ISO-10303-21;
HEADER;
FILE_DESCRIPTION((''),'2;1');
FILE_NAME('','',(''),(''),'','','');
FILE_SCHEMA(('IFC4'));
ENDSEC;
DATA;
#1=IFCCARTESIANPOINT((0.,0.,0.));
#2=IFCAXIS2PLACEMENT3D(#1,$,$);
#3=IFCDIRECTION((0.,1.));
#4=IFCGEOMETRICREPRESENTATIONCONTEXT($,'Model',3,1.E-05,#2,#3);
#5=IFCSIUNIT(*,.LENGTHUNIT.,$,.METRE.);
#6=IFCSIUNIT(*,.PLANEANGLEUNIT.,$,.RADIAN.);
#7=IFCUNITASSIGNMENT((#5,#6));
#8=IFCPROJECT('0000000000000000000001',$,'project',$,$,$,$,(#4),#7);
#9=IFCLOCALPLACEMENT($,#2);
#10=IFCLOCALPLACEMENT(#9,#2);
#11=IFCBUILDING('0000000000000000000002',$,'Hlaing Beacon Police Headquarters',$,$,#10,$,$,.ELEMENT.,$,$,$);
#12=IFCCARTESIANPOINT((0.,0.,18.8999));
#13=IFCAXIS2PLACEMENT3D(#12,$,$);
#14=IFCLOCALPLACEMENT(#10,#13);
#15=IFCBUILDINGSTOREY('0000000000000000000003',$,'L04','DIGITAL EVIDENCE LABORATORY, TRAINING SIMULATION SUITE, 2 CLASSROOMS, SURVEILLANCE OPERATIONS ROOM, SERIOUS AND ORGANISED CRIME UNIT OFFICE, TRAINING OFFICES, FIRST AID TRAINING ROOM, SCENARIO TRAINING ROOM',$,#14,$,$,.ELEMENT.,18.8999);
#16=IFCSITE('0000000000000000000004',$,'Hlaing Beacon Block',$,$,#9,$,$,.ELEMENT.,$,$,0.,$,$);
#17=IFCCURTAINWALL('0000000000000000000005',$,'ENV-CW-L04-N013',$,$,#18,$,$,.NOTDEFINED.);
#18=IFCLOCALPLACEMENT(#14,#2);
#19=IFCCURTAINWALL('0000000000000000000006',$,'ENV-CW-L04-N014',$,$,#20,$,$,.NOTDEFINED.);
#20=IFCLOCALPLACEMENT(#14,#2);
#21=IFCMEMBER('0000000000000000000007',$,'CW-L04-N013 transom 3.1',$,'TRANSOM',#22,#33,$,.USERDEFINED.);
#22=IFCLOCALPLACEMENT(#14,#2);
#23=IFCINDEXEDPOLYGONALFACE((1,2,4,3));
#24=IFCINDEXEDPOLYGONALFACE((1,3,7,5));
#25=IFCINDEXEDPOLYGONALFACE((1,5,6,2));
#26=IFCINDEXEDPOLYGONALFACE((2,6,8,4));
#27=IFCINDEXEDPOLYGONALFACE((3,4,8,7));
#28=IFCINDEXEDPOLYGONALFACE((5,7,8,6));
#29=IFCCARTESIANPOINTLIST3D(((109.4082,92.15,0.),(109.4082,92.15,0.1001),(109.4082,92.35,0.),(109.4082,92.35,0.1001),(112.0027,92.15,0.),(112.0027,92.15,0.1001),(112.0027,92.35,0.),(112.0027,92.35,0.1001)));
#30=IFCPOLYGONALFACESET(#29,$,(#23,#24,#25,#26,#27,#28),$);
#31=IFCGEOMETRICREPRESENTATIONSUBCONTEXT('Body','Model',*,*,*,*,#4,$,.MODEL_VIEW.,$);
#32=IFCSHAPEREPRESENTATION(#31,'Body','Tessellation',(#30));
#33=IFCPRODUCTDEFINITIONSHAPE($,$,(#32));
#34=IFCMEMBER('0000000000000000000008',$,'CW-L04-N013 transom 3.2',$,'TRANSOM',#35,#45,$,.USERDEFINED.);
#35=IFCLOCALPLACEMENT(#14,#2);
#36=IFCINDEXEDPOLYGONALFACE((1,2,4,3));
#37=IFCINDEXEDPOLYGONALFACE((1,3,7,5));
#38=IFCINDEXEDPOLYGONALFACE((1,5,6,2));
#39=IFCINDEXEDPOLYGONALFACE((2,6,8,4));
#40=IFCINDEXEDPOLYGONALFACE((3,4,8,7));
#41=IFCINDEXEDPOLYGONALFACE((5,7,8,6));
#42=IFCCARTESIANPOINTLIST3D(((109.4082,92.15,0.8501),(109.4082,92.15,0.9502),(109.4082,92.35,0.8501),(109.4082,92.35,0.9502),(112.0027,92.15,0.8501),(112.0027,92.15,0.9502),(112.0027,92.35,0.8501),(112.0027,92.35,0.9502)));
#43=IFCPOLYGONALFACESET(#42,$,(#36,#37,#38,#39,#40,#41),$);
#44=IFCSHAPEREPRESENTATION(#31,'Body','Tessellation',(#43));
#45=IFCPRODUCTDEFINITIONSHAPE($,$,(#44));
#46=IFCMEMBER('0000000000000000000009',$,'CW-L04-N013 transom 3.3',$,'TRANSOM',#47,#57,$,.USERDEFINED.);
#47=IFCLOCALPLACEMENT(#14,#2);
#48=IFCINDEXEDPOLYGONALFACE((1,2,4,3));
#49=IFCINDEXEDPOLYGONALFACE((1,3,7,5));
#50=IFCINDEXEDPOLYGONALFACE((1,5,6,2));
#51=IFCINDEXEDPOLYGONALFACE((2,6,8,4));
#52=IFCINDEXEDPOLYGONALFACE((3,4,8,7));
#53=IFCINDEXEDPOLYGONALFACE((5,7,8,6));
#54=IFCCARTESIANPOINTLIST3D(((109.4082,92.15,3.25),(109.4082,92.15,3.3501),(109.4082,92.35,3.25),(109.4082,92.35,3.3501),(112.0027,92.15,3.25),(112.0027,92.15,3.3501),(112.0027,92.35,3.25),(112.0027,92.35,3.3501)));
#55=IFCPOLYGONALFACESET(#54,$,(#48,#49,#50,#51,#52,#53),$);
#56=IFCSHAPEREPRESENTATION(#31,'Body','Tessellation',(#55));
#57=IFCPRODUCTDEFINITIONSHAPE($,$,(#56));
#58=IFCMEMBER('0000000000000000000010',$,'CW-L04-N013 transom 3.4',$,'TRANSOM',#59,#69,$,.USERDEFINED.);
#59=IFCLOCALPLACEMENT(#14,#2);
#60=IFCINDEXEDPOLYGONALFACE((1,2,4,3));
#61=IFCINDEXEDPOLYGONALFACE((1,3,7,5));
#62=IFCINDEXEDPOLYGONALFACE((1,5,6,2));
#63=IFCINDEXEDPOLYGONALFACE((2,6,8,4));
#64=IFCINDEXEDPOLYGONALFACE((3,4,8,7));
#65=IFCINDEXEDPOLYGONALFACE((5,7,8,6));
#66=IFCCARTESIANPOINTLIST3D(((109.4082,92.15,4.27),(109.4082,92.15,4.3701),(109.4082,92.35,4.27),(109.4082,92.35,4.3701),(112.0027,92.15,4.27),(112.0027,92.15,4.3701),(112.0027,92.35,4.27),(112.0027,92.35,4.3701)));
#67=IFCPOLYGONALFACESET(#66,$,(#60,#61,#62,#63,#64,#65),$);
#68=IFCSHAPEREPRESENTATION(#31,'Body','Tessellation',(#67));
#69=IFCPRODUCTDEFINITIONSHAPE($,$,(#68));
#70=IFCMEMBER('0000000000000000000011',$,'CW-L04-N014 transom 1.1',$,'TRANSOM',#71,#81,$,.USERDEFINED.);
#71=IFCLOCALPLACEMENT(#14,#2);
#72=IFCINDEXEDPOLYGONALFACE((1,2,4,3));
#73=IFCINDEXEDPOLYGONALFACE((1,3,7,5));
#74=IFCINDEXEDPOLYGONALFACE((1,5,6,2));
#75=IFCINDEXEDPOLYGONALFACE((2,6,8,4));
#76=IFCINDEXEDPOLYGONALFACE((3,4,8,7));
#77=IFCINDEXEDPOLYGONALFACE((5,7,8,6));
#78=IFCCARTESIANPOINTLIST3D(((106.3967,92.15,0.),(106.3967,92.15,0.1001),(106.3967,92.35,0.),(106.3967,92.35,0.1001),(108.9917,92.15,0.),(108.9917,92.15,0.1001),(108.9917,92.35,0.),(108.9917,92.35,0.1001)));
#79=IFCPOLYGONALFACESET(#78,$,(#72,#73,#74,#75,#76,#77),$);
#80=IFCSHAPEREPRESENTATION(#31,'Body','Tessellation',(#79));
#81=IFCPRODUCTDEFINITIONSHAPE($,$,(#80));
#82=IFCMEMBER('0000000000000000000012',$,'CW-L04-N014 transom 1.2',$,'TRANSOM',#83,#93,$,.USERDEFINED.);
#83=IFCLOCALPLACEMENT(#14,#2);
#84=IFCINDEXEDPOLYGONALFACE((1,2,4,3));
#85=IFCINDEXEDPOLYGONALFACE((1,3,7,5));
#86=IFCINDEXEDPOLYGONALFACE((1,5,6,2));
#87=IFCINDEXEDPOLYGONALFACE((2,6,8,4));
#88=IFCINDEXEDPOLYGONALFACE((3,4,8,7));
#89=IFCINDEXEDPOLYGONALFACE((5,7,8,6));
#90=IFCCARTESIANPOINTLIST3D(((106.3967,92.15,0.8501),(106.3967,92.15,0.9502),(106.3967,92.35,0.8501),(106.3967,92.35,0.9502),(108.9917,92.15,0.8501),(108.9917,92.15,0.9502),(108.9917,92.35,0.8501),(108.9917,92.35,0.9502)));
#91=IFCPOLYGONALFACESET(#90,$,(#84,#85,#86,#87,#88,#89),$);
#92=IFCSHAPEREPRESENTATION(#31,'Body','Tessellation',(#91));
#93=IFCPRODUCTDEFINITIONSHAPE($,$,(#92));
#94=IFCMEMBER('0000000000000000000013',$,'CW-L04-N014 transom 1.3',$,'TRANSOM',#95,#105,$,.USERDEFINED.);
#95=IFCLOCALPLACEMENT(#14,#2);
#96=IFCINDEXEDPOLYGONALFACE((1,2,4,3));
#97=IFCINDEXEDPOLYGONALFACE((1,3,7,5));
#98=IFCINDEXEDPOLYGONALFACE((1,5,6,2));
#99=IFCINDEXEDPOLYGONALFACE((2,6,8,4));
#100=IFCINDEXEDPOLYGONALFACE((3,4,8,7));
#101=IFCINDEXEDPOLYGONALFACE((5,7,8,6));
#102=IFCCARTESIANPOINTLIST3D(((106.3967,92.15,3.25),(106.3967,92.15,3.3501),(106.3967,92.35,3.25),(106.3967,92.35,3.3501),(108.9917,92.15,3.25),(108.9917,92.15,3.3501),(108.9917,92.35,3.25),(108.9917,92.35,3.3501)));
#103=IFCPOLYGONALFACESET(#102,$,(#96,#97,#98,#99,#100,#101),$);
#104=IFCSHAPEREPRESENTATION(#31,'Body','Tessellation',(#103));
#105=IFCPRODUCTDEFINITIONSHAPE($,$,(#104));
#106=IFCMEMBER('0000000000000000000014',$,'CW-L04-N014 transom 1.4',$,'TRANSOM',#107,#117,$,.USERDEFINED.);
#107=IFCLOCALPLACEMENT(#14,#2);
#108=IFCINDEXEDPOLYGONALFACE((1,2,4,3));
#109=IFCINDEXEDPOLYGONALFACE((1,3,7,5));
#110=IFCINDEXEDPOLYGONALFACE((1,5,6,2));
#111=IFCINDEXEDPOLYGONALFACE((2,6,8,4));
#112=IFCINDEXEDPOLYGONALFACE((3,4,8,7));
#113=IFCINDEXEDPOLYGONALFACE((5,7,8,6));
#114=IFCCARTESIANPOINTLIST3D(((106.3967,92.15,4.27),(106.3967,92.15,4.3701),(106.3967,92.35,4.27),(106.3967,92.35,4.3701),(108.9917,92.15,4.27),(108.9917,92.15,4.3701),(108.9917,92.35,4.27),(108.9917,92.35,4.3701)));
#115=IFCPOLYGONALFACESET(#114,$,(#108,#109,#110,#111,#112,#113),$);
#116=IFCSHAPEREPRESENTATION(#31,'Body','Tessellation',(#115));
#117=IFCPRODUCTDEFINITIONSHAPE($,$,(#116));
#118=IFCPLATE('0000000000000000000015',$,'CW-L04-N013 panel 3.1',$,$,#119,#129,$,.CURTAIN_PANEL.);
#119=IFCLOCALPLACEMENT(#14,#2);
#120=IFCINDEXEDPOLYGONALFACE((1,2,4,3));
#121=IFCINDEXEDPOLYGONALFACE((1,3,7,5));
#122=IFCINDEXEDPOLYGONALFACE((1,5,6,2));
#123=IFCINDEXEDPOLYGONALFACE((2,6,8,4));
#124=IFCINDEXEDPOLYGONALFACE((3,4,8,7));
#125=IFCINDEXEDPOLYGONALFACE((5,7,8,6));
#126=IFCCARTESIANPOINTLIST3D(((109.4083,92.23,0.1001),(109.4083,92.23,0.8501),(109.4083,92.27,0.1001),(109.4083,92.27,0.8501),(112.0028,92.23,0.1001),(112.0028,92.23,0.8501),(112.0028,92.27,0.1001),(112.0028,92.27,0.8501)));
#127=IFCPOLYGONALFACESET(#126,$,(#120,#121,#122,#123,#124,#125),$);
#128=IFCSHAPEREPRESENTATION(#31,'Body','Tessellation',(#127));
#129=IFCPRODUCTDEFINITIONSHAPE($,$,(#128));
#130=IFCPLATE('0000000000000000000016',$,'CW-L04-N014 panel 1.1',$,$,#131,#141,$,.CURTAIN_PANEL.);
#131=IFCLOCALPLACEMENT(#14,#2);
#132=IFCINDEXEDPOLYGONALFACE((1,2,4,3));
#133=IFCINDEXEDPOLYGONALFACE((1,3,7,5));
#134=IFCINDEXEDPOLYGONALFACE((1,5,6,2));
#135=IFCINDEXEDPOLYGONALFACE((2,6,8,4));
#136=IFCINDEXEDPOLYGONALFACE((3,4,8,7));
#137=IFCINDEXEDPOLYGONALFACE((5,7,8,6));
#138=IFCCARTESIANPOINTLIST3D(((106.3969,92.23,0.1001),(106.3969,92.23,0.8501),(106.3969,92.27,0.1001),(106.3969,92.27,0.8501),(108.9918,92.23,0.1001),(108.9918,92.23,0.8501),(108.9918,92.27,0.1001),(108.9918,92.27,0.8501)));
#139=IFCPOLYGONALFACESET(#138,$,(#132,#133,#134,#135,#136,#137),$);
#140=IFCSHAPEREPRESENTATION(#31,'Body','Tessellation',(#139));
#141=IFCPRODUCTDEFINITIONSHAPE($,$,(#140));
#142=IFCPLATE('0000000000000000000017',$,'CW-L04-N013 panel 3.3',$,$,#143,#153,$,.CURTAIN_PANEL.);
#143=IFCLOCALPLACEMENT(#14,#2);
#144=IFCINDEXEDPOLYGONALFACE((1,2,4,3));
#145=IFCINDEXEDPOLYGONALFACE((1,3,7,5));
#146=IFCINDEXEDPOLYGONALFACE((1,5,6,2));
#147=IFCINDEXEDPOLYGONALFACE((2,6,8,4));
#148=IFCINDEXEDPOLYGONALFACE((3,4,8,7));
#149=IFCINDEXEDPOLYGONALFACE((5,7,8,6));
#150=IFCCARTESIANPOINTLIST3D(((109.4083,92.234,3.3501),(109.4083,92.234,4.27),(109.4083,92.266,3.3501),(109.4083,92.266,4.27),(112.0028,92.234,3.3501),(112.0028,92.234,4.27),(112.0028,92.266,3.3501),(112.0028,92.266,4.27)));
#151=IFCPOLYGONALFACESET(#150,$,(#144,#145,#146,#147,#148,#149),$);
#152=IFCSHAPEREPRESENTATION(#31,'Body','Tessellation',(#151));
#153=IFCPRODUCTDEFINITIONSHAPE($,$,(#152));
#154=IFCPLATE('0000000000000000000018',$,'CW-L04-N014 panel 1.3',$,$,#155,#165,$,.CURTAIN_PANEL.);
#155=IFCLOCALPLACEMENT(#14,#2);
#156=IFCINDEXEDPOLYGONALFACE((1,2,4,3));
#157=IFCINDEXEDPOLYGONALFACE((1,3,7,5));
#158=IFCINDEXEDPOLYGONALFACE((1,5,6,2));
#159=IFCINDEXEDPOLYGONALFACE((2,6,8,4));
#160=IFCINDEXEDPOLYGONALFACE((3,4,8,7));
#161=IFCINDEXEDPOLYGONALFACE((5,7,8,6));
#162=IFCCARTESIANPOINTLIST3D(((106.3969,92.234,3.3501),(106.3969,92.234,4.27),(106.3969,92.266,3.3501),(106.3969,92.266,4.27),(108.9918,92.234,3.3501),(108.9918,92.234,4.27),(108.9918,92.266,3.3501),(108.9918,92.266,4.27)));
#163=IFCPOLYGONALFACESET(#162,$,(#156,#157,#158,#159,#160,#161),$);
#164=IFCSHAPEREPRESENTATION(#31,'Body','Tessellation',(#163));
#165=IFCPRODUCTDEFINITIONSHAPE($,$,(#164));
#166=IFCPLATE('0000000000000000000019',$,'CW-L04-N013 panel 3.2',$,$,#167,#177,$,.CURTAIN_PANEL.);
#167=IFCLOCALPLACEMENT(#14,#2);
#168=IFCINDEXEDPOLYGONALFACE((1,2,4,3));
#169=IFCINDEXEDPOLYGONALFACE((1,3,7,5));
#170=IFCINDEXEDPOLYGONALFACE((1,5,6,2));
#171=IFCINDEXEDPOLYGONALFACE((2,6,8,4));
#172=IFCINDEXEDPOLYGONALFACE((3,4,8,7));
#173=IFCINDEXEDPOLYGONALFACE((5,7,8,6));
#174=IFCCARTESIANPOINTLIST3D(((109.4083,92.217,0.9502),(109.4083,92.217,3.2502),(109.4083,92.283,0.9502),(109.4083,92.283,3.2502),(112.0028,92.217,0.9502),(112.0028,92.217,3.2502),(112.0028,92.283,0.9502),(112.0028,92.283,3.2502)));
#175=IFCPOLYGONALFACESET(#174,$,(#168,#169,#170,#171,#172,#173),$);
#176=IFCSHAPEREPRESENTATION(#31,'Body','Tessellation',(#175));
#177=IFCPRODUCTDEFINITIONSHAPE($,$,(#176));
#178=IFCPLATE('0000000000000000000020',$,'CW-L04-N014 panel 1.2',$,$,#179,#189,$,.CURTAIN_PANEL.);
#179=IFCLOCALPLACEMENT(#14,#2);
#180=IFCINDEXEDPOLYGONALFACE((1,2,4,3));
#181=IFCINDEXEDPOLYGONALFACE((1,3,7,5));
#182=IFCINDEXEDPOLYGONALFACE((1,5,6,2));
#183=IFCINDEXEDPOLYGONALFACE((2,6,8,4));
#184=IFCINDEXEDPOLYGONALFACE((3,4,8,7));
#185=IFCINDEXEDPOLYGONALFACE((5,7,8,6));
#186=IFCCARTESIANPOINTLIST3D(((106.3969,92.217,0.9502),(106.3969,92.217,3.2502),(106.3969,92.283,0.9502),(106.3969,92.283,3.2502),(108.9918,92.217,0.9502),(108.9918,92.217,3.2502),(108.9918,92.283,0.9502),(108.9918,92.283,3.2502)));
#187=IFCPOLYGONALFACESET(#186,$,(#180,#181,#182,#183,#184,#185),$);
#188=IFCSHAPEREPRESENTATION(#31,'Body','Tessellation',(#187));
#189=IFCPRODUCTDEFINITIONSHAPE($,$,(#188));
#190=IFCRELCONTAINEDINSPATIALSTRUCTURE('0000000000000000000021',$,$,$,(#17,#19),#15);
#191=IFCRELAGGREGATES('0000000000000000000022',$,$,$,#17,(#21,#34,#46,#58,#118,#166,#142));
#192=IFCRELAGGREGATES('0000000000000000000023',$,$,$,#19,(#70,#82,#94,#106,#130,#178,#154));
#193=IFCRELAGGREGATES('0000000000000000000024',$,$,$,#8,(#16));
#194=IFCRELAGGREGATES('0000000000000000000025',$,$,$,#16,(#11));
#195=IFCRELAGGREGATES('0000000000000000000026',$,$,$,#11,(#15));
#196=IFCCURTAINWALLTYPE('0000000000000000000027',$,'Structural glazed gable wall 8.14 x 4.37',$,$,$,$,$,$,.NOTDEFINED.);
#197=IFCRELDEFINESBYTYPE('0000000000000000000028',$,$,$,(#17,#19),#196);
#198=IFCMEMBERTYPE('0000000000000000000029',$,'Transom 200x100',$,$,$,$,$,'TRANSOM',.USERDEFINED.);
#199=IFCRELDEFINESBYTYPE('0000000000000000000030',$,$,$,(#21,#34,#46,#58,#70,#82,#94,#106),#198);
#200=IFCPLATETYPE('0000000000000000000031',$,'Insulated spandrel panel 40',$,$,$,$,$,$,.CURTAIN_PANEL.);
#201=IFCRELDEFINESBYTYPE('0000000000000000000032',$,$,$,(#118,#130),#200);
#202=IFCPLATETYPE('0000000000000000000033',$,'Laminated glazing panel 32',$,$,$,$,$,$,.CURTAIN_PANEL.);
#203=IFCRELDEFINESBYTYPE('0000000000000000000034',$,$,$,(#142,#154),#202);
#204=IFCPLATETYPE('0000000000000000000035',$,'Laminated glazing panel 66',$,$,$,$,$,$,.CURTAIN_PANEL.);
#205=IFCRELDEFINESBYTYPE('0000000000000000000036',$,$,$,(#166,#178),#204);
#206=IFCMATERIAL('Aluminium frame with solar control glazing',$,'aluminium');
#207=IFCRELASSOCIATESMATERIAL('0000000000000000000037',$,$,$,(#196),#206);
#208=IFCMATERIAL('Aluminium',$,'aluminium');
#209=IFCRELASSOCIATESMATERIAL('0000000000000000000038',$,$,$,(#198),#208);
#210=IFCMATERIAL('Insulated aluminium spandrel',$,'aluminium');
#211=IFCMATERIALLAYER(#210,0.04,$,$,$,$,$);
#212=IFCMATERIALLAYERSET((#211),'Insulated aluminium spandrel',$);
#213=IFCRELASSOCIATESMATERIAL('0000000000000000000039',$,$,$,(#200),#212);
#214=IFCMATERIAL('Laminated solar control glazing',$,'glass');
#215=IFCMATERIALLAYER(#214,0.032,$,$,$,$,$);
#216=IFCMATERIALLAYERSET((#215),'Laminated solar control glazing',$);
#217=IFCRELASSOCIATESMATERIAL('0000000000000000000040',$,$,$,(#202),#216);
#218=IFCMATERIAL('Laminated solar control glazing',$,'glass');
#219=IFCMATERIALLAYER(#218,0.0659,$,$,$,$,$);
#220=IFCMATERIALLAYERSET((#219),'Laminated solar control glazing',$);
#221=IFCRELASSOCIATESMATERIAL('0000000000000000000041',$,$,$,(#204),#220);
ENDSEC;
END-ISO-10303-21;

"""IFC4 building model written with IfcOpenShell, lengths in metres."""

from ifc_helpers import new_model, si_unit, direction, frame, origin, origin_2d, place, context, subcontext, project, spatial, rectangle, extrude, material, layer, layer_set, material_profile, profile_set, type_object, element, aggregate, save


model = new_model("IFC4")

# Units and contexts
model_context = context("Model", 3, precision=1e-05, world=origin(), true_north=direction((0.0, 1.0)))
body_context = subcontext(model_context, "Body", "Model", "MODEL_VIEW")
ifc_project = project(units=[si_unit("LENGTHUNIT", "METRE"), si_unit("PLANEANGLEUNIT", "RADIAN")], contexts=[model_context])

# Site, building, storey
site_placement = place(None, origin())
site = spatial("IfcSite", under=ifc_project, at=site_placement, Name="Hlaing Beacon Block", CompositionType="ELEMENT", RefElevation=0.0)
building_placement = place(site_placement, origin())
building = spatial("IfcBuilding", under=site, at=building_placement, Name="Hlaing Beacon Police Headquarters", CompositionType="ELEMENT")
storey_placement = place(building_placement, frame((0.0, 0.0, 18.8999)))
storey = spatial("IfcBuildingStorey", under=building, at=storey_placement, Name="L04", Description="DIGITAL EVIDENCE LABORATORY, TRAINING SIMULATION SUITE, 2 CLASSROOMS, SURVEILLANCE OPERATIONS ROOM, SERIOUS AND ORGANISED CRIME UNIT OFFICE, TRAINING OFFICES, FIRST AID TRAINING ROOM, SCENARIO TRAINING ROOM", CompositionType="ELEMENT", Elevation=18.8999)

# Curtain wall
ifc_material_1 = material(Name="Aluminium frame with solar control glazing", Category="aluminium")
curtain_wall_type = type_object("IfcCurtainWallType", Name="Structural glazed gable wall 8.14 x 4.37", PredefinedType="NOTDEFINED", material=ifc_material_1)
curtain_wall_1_placement = place(storey_placement, origin())
curtain_wall_1 = element("IfcCurtainWall", 1, at=curtain_wall_1_placement, inside=storey, type_object=curtain_wall_type, Name="ENV-CW-L04-N013", PredefinedType="NOTDEFINED")

# Curtain wall
curtain_wall_2_placement = place(storey_placement, origin())
curtain_wall_2 = element("IfcCurtainWall", 2, at=curtain_wall_2_placement, inside=storey, type_object=curtain_wall_type, Name="ENV-CW-L04-N014", PredefinedType="NOTDEFINED")

# Members
ifc_material_2 = material(Name="Aluminium", Category="aluminium")
ifc_material_profile_1 = material_profile(ifc_material_2, rectangle(XDim=0.2, YDim=0.1001, at=origin_2d()), Name="Transom 200x100")
ifc_profile_set_1 = profile_set([ifc_material_profile_1], Name="Aluminium")
member_type_1 = type_object("IfcMemberType", Name="Transom 200x100", ElementType="TRANSOM", PredefinedType="USERDEFINED", material=ifc_profile_set_1)
member_1_placement = place(storey_placement, frame((112.0027, 92.25, 0.05), z_axis=(-1.0, 0.0, 0.0), x_axis=(0.0, -1.0, 0.0)))
member_1 = element("IfcMember", 3, at=member_1_placement, type_object=member_type_1, Name="CW-L04-N013 transom 3.1", ObjectType="TRANSOM", PredefinedType="USERDEFINED", context=body_context, shape_type="SweptSolid", body=[
    extrude(rectangle(XDim=0.2, YDim=0.1001, at=origin_2d()), origin(), (0.0, 0.0, 1.0), 2.5945),
])
member_2_placement = place(storey_placement, frame((112.0027, 92.25, 0.9001), z_axis=(-1.0, 0.0, 0.0), x_axis=(0.0, -1.0, 0.0)))
member_2 = element("IfcMember", 4, at=member_2_placement, type_object=member_type_1, Name="CW-L04-N013 transom 3.2", ObjectType="TRANSOM", PredefinedType="USERDEFINED", context=body_context, shape_type="SweptSolid", body=[
    extrude(rectangle(XDim=0.2, YDim=0.1001, at=origin_2d()), origin(), (0.0, 0.0, 1.0), 2.5945),
])
member_3_placement = place(storey_placement, frame((112.0027, 92.25, 3.3), z_axis=(-1.0, 0.0, 0.0), x_axis=(0.0, -1.0, 0.0)))
member_3 = element("IfcMember", 5, at=member_3_placement, type_object=member_type_1, Name="CW-L04-N013 transom 3.3", ObjectType="TRANSOM", PredefinedType="USERDEFINED", context=body_context, shape_type="SweptSolid", body=[
    extrude(rectangle(XDim=0.2, YDim=0.1001, at=origin_2d()), origin(), (0.0, 0.0, 1.0), 2.5945),
])
member_4_placement = place(storey_placement, frame((112.0027, 92.25, 4.3201), z_axis=(-1.0, 0.0, 0.0), x_axis=(0.0, -1.0, 0.0)))
member_4 = element("IfcMember", 6, at=member_4_placement, type_object=member_type_1, Name="CW-L04-N013 transom 3.4", ObjectType="TRANSOM", PredefinedType="USERDEFINED", context=body_context, shape_type="SweptSolid", body=[
    extrude(rectangle(XDim=0.2, YDim=0.1001, at=origin_2d()), origin(), (0.0, 0.0, 1.0), 2.5945),
])
member_5_placement = place(storey_placement, frame((108.9917, 92.25, 0.05), z_axis=(-1.0, 0.0, 0.0), x_axis=(0.0, -1.0, 0.0)))
member_5 = element("IfcMember", 7, at=member_5_placement, type_object=member_type_1, Name="CW-L04-N014 transom 1.1", ObjectType="TRANSOM", PredefinedType="USERDEFINED", context=body_context, shape_type="SweptSolid", body=[
    extrude(rectangle(XDim=0.2, YDim=0.1001, at=origin_2d()), origin(), (0.0, 0.0, 1.0), 2.595),
])
member_6_placement = place(storey_placement, frame((108.9917, 92.25, 0.9001), z_axis=(-1.0, 0.0, 0.0), x_axis=(0.0, -1.0, 0.0)))
member_6 = element("IfcMember", 8, at=member_6_placement, type_object=member_type_1, Name="CW-L04-N014 transom 1.2", ObjectType="TRANSOM", PredefinedType="USERDEFINED", context=body_context, shape_type="SweptSolid", body=[
    extrude(rectangle(XDim=0.2, YDim=0.1001, at=origin_2d()), origin(), (0.0, 0.0, 1.0), 2.595),
])
member_7_placement = place(storey_placement, frame((108.9917, 92.25, 3.3), z_axis=(-1.0, 0.0, 0.0), x_axis=(0.0, -1.0, 0.0)))
member_7 = element("IfcMember", 9, at=member_7_placement, type_object=member_type_1, Name="CW-L04-N014 transom 1.3", ObjectType="TRANSOM", PredefinedType="USERDEFINED", context=body_context, shape_type="SweptSolid", body=[
    extrude(rectangle(XDim=0.2, YDim=0.1001, at=origin_2d()), origin(), (0.0, 0.0, 1.0), 2.595),
])
member_8_placement = place(storey_placement, frame((108.9917, 92.25, 4.3201), z_axis=(-1.0, 0.0, 0.0), x_axis=(0.0, -1.0, 0.0)))
member_8 = element("IfcMember", 10, at=member_8_placement, type_object=member_type_1, Name="CW-L04-N014 transom 1.4", ObjectType="TRANSOM", PredefinedType="USERDEFINED", context=body_context, shape_type="SweptSolid", body=[
    extrude(rectangle(XDim=0.2, YDim=0.1001, at=origin_2d()), origin(), (0.0, 0.0, 1.0), 2.595),
])

# Plates
ifc_material_3 = material(Name="Insulated aluminium spandrel", Category="aluminium")
ifc_layer_1 = layer(ifc_material_3, 0.04)
ifc_layer_set_1 = layer_set([ifc_layer_1], Name="Insulated aluminium spandrel")
plate_type_1 = type_object("IfcPlateType", Name="Insulated spandrel panel 40", PredefinedType="CURTAIN_PANEL", material=ifc_layer_set_1)
plate_1_placement = place(storey_placement, frame((110.7056, 92.25, 0.1001), z_axis=(0.0, 0.0, 1.0), x_axis=(-1.0, 0.0, 0.0)))
plate_1 = element("IfcPlate", 11, at=plate_1_placement, type_object=plate_type_1, Name="CW-L04-N013 panel 3.1", PredefinedType="CURTAIN_PANEL", context=body_context, shape_type="SweptSolid", body=[
    extrude(rectangle(XDim=2.5945, YDim=0.04, at=origin_2d()), origin(), (0.0, 0.0, 1.0), 0.75),
])
plate_2_placement = place(storey_placement, frame((107.6943, 92.25, 0.1001), z_axis=(0.0, 0.0, 1.0), x_axis=(-1.0, 0.0, 0.0)))
plate_2 = element("IfcPlate", 12, at=plate_2_placement, type_object=plate_type_1, Name="CW-L04-N014 panel 1.1", PredefinedType="CURTAIN_PANEL", context=body_context, shape_type="SweptSolid", body=[
    extrude(rectangle(XDim=2.595, YDim=0.04, at=origin_2d()), origin(), (0.0, 0.0, 1.0), 0.75),
])
ifc_material_4 = material(Name="Laminated solar control glazing", Category="glass")
ifc_layer_2 = layer(ifc_material_4, 0.032)
ifc_layer_set_2 = layer_set([ifc_layer_2], Name="Laminated solar control glazing")
plate_type_2 = type_object("IfcPlateType", Name="Laminated glazing panel 32", PredefinedType="CURTAIN_PANEL", material=ifc_layer_set_2)
plate_3_placement = place(storey_placement, frame((110.7056, 92.25, 3.3501), z_axis=(0.0, 0.0, 1.0), x_axis=(-1.0, 0.0, 0.0)))
plate_3 = element("IfcPlate", 13, at=plate_3_placement, type_object=plate_type_2, Name="CW-L04-N013 panel 3.3", PredefinedType="CURTAIN_PANEL", context=body_context, shape_type="SweptSolid", body=[
    extrude(rectangle(XDim=2.5945, YDim=0.032, at=origin_2d()), origin(), (0.0, 0.0, 1.0), 0.9199),
])
plate_4_placement = place(storey_placement, frame((107.6943, 92.25, 3.3501), z_axis=(0.0, 0.0, 1.0), x_axis=(-1.0, 0.0, 0.0)))
plate_4 = element("IfcPlate", 14, at=plate_4_placement, type_object=plate_type_2, Name="CW-L04-N014 panel 1.3", PredefinedType="CURTAIN_PANEL", context=body_context, shape_type="SweptSolid", body=[
    extrude(rectangle(XDim=2.595, YDim=0.032, at=origin_2d()), origin(), (0.0, 0.0, 1.0), 0.9199),
])
ifc_material_5 = material(Name="Laminated solar control glazing", Category="glass")
ifc_layer_3 = layer(ifc_material_5, 0.0659)
ifc_layer_set_3 = layer_set([ifc_layer_3], Name="Laminated solar control glazing")
plate_type_3 = type_object("IfcPlateType", Name="Laminated glazing panel 66", PredefinedType="CURTAIN_PANEL", material=ifc_layer_set_3)
plate_5_placement = place(storey_placement, frame((110.7056, 92.25, 0.9502), z_axis=(0.0, 0.0, 1.0), x_axis=(-1.0, 0.0, 0.0)))
plate_5 = element("IfcPlate", 15, at=plate_5_placement, type_object=plate_type_3, Name="CW-L04-N013 panel 3.2", PredefinedType="CURTAIN_PANEL", context=body_context, shape_type="SweptSolid", body=[
    extrude(rectangle(XDim=2.5945, YDim=0.0659, at=origin_2d()), origin(), (0.0, 0.0, 1.0), 2.3),
])
aggregate(curtain_wall_1, [member_1, member_2, member_3, member_4, plate_1, plate_5, plate_3])
plate_6_placement = place(storey_placement, frame((107.6943, 92.25, 0.9502), z_axis=(0.0, 0.0, 1.0), x_axis=(-1.0, 0.0, 0.0)))
plate_6 = element("IfcPlate", 16, at=plate_6_placement, type_object=plate_type_3, Name="CW-L04-N014 panel 1.2", PredefinedType="CURTAIN_PANEL", context=body_context, shape_type="SweptSolid", body=[
    extrude(rectangle(XDim=2.595, YDim=0.0659, at=origin_2d()), origin(), (0.0, 0.0, 1.0), 2.3),
])
aggregate(curtain_wall_2, [member_5, member_6, member_7, member_8, plate_2, plate_6, plate_4])

save(model, "model.ifc")
